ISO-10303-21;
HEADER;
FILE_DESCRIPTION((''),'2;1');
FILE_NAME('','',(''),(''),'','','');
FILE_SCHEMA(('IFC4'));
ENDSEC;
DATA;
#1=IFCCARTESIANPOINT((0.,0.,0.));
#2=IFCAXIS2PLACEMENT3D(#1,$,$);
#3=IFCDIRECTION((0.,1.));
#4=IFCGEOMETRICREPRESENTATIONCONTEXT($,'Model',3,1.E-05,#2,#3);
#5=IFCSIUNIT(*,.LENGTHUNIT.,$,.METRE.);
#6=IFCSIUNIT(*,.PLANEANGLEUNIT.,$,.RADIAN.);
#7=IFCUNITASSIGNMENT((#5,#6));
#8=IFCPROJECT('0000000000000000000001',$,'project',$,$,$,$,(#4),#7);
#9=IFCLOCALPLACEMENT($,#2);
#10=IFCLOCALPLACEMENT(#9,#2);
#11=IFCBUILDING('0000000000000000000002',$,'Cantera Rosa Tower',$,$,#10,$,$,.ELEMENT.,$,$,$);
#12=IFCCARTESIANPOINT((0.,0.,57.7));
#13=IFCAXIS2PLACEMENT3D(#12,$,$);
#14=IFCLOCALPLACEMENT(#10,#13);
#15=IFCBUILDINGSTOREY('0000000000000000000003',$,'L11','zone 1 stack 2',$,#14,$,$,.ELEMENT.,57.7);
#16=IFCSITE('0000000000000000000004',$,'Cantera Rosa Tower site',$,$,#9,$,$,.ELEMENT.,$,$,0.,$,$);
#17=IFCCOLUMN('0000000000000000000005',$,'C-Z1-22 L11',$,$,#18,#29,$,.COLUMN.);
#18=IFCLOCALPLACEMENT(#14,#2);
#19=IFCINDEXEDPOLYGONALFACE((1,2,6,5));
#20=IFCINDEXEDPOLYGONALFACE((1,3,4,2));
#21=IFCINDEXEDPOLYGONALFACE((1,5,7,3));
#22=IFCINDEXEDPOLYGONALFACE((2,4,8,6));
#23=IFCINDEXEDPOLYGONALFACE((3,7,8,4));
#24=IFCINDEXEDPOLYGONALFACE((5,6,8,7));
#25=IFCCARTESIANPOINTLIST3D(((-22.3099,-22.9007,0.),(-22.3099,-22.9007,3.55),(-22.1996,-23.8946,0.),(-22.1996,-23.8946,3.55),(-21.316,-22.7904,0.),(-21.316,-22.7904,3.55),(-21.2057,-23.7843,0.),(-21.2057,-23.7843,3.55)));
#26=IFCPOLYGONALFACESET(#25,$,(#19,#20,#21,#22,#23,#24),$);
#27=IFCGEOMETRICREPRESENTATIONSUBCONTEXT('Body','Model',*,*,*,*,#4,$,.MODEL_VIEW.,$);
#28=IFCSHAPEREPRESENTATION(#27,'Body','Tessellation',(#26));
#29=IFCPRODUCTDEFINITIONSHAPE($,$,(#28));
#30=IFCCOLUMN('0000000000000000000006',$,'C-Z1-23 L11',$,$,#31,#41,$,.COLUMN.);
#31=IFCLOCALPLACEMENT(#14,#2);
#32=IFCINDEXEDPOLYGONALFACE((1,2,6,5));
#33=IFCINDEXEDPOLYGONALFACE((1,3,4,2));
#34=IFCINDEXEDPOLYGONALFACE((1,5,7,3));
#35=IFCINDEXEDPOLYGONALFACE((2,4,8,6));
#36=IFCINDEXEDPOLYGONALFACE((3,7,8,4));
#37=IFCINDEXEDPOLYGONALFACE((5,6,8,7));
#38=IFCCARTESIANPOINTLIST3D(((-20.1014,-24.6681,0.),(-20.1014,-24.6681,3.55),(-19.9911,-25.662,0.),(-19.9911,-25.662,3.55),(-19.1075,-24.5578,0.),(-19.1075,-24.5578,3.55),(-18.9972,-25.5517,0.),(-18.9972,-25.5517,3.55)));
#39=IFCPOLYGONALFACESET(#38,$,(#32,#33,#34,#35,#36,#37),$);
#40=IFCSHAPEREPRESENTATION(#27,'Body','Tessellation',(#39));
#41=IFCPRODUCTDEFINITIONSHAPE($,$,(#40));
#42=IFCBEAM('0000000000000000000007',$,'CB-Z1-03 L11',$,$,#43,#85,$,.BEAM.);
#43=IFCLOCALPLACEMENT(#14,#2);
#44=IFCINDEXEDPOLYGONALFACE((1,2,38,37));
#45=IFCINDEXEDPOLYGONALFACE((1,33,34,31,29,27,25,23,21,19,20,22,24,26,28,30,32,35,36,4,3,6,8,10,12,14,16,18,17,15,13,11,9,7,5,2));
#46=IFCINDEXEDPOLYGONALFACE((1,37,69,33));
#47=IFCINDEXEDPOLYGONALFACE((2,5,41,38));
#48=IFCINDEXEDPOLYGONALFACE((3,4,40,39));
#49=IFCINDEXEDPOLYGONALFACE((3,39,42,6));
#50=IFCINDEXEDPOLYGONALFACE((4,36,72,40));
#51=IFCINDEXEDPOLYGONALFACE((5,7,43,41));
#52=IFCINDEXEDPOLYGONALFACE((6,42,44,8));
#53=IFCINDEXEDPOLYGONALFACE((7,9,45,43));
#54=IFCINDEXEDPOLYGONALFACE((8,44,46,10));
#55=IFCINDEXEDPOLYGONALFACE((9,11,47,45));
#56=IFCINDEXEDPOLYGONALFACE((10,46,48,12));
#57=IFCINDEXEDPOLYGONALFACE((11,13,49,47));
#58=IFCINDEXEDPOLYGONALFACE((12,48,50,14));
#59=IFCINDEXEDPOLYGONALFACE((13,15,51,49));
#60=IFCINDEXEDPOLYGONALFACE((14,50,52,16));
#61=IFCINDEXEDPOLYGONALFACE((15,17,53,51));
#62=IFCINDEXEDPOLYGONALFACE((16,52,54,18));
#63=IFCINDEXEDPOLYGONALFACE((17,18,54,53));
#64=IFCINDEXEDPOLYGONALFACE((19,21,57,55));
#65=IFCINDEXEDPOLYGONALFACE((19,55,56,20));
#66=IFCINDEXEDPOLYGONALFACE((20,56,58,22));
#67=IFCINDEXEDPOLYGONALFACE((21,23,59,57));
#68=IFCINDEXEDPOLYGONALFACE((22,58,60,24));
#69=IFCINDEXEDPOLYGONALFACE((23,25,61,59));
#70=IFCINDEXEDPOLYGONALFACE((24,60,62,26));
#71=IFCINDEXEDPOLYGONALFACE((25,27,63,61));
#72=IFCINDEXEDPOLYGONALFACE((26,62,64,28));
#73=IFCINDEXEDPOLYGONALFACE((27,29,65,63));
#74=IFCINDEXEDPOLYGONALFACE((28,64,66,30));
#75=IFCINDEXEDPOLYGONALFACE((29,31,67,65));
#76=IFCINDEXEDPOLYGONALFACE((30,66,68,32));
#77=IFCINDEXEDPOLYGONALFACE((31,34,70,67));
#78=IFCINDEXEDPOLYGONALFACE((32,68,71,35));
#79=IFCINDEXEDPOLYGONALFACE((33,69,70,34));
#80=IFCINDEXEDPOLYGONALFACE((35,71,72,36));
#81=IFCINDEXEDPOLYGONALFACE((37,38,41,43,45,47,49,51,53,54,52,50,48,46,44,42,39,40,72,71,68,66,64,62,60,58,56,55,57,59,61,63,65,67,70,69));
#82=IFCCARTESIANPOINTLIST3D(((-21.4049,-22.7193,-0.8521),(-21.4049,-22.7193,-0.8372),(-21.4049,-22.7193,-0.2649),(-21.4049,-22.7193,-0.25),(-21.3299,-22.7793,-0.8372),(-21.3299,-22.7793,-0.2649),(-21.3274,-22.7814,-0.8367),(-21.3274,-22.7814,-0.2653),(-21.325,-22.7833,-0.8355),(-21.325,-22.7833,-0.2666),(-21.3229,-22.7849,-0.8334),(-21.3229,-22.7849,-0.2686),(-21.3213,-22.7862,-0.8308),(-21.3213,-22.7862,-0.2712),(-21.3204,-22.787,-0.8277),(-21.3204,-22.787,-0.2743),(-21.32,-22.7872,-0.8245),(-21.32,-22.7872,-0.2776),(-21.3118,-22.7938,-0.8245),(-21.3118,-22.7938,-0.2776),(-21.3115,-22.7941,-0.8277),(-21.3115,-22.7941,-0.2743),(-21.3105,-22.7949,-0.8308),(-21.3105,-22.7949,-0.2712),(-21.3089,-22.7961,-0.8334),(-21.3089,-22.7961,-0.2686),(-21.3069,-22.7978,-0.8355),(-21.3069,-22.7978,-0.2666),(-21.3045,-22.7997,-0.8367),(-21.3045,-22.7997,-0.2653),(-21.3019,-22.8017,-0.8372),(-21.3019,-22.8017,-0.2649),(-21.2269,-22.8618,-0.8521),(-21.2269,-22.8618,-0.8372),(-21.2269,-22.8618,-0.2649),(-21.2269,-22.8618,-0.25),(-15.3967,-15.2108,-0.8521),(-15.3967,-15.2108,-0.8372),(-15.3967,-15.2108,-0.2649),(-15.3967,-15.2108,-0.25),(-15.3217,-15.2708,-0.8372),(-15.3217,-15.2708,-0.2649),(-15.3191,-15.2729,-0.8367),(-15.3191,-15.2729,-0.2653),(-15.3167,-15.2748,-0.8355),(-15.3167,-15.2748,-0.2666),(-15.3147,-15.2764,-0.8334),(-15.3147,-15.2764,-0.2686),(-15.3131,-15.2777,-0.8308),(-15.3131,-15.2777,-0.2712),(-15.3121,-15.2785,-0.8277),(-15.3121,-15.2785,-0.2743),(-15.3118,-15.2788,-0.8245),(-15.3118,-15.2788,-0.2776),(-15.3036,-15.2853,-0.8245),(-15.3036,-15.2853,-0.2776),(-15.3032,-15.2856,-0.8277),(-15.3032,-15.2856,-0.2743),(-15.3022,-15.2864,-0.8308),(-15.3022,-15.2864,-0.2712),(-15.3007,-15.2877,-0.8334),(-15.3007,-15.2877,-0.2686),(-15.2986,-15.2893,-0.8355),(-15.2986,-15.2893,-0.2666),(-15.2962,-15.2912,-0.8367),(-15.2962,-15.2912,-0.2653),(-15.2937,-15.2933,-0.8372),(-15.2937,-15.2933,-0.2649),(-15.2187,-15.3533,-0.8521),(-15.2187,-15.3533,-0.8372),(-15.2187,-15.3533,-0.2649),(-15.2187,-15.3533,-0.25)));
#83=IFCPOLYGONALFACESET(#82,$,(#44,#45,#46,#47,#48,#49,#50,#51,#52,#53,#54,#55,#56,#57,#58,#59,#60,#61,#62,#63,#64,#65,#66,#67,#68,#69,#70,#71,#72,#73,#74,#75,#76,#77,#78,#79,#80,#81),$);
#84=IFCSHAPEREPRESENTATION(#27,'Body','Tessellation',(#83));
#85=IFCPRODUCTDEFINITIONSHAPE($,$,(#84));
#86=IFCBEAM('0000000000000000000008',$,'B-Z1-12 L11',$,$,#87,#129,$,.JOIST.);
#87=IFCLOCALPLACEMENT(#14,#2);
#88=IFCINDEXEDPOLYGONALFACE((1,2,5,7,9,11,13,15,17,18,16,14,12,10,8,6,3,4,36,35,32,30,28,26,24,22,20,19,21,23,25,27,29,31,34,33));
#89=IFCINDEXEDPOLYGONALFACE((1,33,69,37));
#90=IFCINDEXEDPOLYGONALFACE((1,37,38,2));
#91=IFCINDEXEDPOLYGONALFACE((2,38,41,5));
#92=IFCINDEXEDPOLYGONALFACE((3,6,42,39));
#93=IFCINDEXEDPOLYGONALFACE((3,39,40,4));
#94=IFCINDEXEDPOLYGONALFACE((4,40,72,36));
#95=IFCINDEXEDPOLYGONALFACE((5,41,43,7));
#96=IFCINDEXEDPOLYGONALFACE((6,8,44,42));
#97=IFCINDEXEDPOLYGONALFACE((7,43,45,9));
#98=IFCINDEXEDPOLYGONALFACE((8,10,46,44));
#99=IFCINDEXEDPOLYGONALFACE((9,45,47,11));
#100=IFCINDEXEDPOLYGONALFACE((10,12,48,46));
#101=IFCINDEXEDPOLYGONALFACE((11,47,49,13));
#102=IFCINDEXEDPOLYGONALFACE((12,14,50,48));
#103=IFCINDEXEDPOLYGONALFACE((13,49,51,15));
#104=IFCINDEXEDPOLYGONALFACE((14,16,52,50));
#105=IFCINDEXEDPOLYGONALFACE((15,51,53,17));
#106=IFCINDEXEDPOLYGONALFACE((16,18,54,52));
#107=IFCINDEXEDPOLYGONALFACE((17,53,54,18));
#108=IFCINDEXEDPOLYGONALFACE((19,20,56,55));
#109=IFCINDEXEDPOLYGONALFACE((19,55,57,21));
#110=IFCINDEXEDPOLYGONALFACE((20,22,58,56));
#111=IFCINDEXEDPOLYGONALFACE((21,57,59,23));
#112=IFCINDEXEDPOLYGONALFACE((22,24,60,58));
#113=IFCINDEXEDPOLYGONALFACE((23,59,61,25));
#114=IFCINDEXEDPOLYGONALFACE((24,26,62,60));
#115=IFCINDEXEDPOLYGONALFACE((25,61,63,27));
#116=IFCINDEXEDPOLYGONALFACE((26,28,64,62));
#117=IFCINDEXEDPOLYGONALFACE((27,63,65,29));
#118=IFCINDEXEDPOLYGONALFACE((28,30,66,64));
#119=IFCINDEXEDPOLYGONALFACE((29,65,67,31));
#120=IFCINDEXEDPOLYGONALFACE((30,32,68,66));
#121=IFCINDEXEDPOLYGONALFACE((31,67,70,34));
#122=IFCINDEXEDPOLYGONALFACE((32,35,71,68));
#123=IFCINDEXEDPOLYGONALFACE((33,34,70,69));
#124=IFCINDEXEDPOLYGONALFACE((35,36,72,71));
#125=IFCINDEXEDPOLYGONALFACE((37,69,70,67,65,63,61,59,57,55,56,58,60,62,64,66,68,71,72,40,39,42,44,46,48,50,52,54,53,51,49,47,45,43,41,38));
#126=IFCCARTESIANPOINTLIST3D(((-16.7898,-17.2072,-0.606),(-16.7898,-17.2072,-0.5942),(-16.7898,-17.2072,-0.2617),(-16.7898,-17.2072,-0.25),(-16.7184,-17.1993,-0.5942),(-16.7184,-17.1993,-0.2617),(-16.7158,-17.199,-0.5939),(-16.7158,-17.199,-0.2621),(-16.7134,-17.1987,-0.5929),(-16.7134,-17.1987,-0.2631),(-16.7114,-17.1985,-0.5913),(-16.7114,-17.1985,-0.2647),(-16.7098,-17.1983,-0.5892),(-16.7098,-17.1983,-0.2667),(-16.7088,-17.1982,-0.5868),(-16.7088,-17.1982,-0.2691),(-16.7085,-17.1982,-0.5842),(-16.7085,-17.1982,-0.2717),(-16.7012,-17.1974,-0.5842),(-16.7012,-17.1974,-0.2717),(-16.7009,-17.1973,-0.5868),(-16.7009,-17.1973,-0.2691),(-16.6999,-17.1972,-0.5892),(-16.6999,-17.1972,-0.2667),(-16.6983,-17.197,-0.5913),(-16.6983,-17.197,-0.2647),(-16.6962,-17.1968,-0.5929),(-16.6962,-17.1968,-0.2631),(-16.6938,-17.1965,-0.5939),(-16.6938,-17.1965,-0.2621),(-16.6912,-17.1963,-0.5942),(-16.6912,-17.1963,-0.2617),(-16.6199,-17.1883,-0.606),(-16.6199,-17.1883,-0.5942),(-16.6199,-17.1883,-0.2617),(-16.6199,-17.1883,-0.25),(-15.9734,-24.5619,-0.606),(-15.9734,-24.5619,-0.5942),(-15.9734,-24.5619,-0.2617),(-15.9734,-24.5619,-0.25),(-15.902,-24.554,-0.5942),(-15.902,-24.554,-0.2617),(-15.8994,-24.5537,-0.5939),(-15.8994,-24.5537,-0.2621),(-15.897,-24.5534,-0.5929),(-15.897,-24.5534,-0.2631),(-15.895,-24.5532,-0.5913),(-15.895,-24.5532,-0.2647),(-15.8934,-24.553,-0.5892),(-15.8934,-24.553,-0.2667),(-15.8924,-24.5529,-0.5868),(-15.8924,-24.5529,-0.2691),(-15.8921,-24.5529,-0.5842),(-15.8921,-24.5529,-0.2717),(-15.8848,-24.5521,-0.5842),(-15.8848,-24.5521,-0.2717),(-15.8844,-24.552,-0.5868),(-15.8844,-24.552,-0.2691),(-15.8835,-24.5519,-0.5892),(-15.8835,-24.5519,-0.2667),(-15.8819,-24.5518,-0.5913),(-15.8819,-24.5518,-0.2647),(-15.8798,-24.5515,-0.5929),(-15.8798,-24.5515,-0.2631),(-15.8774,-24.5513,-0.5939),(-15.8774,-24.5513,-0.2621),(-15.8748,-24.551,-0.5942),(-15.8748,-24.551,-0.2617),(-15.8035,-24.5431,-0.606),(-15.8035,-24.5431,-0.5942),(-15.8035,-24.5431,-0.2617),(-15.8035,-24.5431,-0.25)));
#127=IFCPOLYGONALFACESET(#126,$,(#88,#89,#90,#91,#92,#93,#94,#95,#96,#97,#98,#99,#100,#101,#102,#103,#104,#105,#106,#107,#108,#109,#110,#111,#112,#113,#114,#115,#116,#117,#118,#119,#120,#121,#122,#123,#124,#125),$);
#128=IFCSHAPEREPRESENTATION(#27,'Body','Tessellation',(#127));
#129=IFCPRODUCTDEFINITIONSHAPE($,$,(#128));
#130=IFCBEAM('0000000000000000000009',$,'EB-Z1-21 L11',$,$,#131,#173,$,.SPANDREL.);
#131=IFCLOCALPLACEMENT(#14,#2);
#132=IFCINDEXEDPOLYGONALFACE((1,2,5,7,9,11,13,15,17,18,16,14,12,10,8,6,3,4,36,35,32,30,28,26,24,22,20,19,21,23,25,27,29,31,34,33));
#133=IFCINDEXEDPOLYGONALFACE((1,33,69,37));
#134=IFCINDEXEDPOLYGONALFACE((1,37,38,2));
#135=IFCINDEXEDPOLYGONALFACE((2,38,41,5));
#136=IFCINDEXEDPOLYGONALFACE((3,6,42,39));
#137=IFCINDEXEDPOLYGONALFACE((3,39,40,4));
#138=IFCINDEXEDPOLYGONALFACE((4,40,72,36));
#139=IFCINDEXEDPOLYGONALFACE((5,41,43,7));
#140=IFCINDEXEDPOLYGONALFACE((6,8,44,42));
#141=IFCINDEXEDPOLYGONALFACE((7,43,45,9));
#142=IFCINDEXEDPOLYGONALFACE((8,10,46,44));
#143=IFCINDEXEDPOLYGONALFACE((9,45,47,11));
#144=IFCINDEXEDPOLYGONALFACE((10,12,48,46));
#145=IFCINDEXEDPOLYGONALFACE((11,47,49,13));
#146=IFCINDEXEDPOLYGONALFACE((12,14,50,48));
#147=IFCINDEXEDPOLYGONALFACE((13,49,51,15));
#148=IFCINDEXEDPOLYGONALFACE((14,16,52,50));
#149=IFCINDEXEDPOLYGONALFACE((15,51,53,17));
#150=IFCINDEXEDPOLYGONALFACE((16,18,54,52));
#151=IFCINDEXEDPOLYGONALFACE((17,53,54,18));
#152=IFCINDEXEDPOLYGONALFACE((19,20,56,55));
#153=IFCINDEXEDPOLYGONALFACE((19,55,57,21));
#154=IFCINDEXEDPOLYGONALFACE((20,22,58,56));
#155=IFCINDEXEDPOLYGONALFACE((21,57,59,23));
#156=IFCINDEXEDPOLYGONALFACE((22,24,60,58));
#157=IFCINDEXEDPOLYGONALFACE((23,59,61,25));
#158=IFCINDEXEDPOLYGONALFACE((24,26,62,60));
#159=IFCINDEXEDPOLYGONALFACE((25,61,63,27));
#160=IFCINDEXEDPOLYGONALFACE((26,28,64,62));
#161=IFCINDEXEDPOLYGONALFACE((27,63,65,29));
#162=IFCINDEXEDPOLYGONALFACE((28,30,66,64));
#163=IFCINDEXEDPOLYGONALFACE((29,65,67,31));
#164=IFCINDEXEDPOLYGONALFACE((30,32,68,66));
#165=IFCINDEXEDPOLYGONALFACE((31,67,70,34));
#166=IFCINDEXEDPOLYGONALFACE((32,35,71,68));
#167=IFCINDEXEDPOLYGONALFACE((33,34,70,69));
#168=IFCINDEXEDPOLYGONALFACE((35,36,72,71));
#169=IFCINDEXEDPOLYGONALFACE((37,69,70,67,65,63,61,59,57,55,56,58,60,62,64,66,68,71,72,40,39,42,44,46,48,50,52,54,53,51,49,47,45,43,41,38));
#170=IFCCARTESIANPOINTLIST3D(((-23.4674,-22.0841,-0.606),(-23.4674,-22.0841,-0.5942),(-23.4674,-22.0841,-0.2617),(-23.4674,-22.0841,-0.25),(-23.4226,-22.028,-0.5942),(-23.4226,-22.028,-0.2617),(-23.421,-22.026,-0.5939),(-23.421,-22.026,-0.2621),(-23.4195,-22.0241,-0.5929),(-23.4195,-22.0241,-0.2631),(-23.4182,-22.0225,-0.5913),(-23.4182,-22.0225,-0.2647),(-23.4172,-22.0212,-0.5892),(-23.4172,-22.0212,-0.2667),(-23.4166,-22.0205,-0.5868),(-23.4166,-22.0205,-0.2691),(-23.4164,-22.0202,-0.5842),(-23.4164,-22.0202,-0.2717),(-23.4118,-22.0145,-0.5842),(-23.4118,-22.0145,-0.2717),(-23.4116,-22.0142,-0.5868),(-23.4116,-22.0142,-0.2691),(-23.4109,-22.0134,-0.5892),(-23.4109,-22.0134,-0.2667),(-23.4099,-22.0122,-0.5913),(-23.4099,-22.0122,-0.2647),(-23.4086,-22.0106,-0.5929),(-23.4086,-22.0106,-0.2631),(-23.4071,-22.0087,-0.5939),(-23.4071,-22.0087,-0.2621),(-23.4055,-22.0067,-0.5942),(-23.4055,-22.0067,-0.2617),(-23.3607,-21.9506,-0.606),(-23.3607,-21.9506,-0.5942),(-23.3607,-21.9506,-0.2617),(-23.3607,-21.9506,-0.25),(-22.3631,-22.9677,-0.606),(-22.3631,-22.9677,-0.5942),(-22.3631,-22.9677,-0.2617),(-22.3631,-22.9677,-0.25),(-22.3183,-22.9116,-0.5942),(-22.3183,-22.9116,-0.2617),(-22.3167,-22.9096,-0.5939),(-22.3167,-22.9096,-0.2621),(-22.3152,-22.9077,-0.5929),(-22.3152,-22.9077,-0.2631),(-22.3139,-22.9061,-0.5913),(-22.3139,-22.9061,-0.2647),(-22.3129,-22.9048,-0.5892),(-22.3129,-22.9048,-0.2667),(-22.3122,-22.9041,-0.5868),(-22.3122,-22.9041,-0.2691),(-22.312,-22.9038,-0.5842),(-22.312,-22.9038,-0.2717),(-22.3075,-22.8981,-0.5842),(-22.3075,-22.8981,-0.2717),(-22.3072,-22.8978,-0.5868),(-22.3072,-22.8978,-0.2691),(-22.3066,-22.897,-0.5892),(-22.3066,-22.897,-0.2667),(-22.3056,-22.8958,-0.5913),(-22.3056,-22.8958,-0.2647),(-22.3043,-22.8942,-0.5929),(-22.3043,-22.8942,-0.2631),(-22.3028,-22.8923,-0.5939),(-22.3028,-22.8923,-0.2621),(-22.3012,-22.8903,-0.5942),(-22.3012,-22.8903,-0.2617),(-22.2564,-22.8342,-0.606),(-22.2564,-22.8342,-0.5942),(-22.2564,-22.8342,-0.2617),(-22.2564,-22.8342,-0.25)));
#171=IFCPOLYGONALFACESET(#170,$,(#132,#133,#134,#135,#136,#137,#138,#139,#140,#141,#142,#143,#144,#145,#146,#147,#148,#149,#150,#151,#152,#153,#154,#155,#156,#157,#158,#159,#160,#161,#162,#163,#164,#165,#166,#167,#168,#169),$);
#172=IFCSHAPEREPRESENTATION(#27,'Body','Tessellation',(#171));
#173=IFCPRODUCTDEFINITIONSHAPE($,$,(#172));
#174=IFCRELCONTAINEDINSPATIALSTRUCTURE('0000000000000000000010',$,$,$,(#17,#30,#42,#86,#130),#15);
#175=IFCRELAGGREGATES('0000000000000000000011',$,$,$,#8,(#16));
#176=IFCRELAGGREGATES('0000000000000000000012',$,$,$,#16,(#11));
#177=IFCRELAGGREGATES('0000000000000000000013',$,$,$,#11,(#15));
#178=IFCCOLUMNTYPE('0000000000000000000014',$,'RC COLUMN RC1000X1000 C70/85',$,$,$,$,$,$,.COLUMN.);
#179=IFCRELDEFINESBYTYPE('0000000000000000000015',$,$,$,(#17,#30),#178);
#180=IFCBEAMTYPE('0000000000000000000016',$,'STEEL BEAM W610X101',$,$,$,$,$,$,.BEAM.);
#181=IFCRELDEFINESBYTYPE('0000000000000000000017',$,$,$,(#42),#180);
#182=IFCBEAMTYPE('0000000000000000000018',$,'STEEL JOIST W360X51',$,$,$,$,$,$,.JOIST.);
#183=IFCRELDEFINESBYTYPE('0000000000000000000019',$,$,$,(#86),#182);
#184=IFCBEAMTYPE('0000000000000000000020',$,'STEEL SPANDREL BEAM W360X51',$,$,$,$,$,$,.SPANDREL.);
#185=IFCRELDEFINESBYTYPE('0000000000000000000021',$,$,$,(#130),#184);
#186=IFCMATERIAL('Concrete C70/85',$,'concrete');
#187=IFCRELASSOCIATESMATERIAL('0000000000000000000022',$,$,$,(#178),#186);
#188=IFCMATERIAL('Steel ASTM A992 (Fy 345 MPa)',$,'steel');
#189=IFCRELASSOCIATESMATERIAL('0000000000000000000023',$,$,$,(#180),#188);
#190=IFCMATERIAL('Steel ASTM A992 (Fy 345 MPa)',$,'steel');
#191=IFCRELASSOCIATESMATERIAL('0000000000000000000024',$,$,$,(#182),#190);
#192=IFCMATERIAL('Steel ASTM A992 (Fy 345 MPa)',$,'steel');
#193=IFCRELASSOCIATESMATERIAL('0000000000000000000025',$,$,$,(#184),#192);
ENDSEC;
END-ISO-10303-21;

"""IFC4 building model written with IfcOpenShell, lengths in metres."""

from ifc_helpers import new_model, si_unit, direction, frame, origin, origin_2d, place, context, subcontext, project, spatial, rectangle, i_section, extrude, material, material_profile, profile_set, type_object, element, save


model = new_model("IFC4")

# Units and contexts
model_context = context("Model", 3, precision=1e-05, world=origin(), true_north=direction((0.0, 1.0)))
body_context = subcontext(model_context, "Body", "Model", "MODEL_VIEW")
ifc_project = project(units=[si_unit("LENGTHUNIT", "METRE"), si_unit("PLANEANGLEUNIT", "RADIAN")], contexts=[model_context])

# Site, building, storey
site_placement = place(None, origin())
site = spatial("IfcSite", under=ifc_project, at=site_placement, Name="Cantera Rosa Tower site", CompositionType="ELEMENT", RefElevation=0.0)
building_placement = place(site_placement, origin())
building = spatial("IfcBuilding", under=site, at=building_placement, Name="Cantera Rosa Tower", CompositionType="ELEMENT")
storey_placement = place(building_placement, frame((0.0, 0.0, 57.7)))
storey = spatial("IfcBuildingStorey", under=building, at=storey_placement, Name="L11", Description="zone 1 stack 2", CompositionType="ELEMENT", Elevation=57.7)

# Columns
ifc_material_1 = material(Name="Concrete C70/85", Category="concrete")
ifc_material_profile_1 = material_profile(ifc_material_1, rectangle(XDim=1.0, YDim=1.0, at=origin_2d()), Name="RC COLUMN RC1000X1000 C70/85")
ifc_profile_set_1 = profile_set([ifc_material_profile_1], Name="Concrete C70/85")
column_type = type_object("IfcColumnType", Name="RC COLUMN RC1000X1000 C70/85", PredefinedType="COLUMN", material=ifc_profile_set_1)
for number, where, z_axis, x_axis, name in (
    (1, (-21.7578, -23.3425, 0.0), (0.0, 0.0, 1.0), (0.993897, 0.110313, 0.0), "C-Z1-22 L11"),
    (2, (-19.5493, -25.1099, 0.0), (0.0, 0.0, 1.0), (0.993897, 0.110313, 0.0), "C-Z1-23 L11"),
):
    element("IfcColumn", number, at=place(storey_placement, frame(where, z_axis=z_axis, x_axis=x_axis)), inside=storey, type_object=column_type, Name=name, PredefinedType="COLUMN", context=body_context, shape_type="SweptSolid", body=[
        extrude(rectangle(XDim=1.0, YDim=1.0, at=origin_2d()), origin(), (0.0, 0.0, 1.0), 3.55),
    ])

# Beams
ifc_material_2 = material(Name="Steel ASTM A992 (Fy 345 MPa)", Category="steel")
ifc_material_profile_2 = material_profile(ifc_material_2, i_section(OverallWidth=0.228, OverallDepth=0.6021, WebThickness=0.0105, FlangeThickness=0.0149, FilletRadius=0.0127, at=origin_2d()), Name="W610X101")
ifc_profile_set_2 = profile_set([ifc_material_profile_2], Name="Steel ASTM A992 (Fy 345 MPa)")
beam_type_1 = type_object("IfcBeamType", Name="STEEL BEAM W610X101", PredefinedType="BEAM", material=ifc_profile_set_2)
beam_1_placement = place(storey_placement, frame((-21.3159, -22.7905, -0.551), z_axis=(0.624788, 0.780794, 0.0), x_axis=(-0.780794, 0.624788, 0.0)))
element("IfcBeam", 3, at=beam_1_placement, inside=storey, type_object=beam_type_1, Name="CB-Z1-03 L11", PredefinedType="BEAM", context=body_context, shape_type="SweptSolid", body=[
    extrude(i_section(OverallWidth=0.228, OverallDepth=0.6021, WebThickness=0.0105, FlangeThickness=0.0149, FilletRadius=0.0127, at=origin_2d()), origin(), (0.0, 0.0, 1.0), 9.6165),
])
ifc_material_3 = material(Name="Steel ASTM A992 (Fy 345 MPa)", Category="steel")
ifc_material_profile_3 = material_profile(ifc_material_3, i_section(OverallWidth=0.1709, OverallDepth=0.356, WebThickness=0.0073, FlangeThickness=0.0117, FilletRadius=0.01, at=origin_2d()), Name="W360X51")
ifc_profile_set_3 = profile_set([ifc_material_profile_3], Name="Steel ASTM A992 (Fy 345 MPa)")
beam_type_2 = type_object("IfcBeamType", Name="STEEL JOIST W360X51", PredefinedType="JOIST", material=ifc_profile_set_3)
beam_2_placement = place(storey_placement, frame((-15.8884, -24.5525, -0.428), z_axis=(-0.110327, 0.993895, 0.0), x_axis=(-0.993895, -0.110327, 0.0)))
element("IfcBeam", 4, at=beam_2_placement, inside=storey, type_object=beam_type_2, Name="B-Z1-12 L11", PredefinedType="JOIST", context=body_context, shape_type="SweptSolid", body=[
    extrude(i_section(OverallWidth=0.1709, OverallDepth=0.356, WebThickness=0.0073, FlangeThickness=0.0117, FilletRadius=0.01, at=origin_2d()), origin(), (0.0, 0.0, 1.0), 7.3999),
])
ifc_material_4 = material(Name="Steel ASTM A992 (Fy 345 MPa)", Category="steel")
ifc_material_profile_4 = material_profile(ifc_material_4, i_section(OverallWidth=0.1709, OverallDepth=0.356, WebThickness=0.0073, FlangeThickness=0.0117, FilletRadius=0.01, at=origin_2d()), Name="W360X51")
ifc_profile_set_4 = profile_set([ifc_material_profile_4], Name="Steel ASTM A992 (Fy 345 MPa)")
beam_type_3 = type_object("IfcBeamType", Name="STEEL SPANDREL BEAM W360X51", PredefinedType="SPANDREL", material=ifc_profile_set_4)
for number, where, z_axis, x_axis, name in (
    (5, (-23.4141, -22.0173, -0.428), (0.780818, -0.624758, 0.0), (0.624758, 0.780818, 0.0), "EB-Z1-21 L11"),
):
    element("IfcBeam", number, at=place(storey_placement, frame(where, z_axis=z_axis, x_axis=x_axis)), inside=storey, type_object=beam_type_3, Name=name, PredefinedType="SPANDREL", context=body_context, shape_type="SweptSolid", body=[
        extrude(i_section(OverallWidth=0.1709, OverallDepth=0.356, WebThickness=0.0073, FlangeThickness=0.0117, FilletRadius=0.01, at=origin_2d()), origin(), (0.0, 0.0, 1.0), 1.4143),
    ])

save(model, "model.ifc")
